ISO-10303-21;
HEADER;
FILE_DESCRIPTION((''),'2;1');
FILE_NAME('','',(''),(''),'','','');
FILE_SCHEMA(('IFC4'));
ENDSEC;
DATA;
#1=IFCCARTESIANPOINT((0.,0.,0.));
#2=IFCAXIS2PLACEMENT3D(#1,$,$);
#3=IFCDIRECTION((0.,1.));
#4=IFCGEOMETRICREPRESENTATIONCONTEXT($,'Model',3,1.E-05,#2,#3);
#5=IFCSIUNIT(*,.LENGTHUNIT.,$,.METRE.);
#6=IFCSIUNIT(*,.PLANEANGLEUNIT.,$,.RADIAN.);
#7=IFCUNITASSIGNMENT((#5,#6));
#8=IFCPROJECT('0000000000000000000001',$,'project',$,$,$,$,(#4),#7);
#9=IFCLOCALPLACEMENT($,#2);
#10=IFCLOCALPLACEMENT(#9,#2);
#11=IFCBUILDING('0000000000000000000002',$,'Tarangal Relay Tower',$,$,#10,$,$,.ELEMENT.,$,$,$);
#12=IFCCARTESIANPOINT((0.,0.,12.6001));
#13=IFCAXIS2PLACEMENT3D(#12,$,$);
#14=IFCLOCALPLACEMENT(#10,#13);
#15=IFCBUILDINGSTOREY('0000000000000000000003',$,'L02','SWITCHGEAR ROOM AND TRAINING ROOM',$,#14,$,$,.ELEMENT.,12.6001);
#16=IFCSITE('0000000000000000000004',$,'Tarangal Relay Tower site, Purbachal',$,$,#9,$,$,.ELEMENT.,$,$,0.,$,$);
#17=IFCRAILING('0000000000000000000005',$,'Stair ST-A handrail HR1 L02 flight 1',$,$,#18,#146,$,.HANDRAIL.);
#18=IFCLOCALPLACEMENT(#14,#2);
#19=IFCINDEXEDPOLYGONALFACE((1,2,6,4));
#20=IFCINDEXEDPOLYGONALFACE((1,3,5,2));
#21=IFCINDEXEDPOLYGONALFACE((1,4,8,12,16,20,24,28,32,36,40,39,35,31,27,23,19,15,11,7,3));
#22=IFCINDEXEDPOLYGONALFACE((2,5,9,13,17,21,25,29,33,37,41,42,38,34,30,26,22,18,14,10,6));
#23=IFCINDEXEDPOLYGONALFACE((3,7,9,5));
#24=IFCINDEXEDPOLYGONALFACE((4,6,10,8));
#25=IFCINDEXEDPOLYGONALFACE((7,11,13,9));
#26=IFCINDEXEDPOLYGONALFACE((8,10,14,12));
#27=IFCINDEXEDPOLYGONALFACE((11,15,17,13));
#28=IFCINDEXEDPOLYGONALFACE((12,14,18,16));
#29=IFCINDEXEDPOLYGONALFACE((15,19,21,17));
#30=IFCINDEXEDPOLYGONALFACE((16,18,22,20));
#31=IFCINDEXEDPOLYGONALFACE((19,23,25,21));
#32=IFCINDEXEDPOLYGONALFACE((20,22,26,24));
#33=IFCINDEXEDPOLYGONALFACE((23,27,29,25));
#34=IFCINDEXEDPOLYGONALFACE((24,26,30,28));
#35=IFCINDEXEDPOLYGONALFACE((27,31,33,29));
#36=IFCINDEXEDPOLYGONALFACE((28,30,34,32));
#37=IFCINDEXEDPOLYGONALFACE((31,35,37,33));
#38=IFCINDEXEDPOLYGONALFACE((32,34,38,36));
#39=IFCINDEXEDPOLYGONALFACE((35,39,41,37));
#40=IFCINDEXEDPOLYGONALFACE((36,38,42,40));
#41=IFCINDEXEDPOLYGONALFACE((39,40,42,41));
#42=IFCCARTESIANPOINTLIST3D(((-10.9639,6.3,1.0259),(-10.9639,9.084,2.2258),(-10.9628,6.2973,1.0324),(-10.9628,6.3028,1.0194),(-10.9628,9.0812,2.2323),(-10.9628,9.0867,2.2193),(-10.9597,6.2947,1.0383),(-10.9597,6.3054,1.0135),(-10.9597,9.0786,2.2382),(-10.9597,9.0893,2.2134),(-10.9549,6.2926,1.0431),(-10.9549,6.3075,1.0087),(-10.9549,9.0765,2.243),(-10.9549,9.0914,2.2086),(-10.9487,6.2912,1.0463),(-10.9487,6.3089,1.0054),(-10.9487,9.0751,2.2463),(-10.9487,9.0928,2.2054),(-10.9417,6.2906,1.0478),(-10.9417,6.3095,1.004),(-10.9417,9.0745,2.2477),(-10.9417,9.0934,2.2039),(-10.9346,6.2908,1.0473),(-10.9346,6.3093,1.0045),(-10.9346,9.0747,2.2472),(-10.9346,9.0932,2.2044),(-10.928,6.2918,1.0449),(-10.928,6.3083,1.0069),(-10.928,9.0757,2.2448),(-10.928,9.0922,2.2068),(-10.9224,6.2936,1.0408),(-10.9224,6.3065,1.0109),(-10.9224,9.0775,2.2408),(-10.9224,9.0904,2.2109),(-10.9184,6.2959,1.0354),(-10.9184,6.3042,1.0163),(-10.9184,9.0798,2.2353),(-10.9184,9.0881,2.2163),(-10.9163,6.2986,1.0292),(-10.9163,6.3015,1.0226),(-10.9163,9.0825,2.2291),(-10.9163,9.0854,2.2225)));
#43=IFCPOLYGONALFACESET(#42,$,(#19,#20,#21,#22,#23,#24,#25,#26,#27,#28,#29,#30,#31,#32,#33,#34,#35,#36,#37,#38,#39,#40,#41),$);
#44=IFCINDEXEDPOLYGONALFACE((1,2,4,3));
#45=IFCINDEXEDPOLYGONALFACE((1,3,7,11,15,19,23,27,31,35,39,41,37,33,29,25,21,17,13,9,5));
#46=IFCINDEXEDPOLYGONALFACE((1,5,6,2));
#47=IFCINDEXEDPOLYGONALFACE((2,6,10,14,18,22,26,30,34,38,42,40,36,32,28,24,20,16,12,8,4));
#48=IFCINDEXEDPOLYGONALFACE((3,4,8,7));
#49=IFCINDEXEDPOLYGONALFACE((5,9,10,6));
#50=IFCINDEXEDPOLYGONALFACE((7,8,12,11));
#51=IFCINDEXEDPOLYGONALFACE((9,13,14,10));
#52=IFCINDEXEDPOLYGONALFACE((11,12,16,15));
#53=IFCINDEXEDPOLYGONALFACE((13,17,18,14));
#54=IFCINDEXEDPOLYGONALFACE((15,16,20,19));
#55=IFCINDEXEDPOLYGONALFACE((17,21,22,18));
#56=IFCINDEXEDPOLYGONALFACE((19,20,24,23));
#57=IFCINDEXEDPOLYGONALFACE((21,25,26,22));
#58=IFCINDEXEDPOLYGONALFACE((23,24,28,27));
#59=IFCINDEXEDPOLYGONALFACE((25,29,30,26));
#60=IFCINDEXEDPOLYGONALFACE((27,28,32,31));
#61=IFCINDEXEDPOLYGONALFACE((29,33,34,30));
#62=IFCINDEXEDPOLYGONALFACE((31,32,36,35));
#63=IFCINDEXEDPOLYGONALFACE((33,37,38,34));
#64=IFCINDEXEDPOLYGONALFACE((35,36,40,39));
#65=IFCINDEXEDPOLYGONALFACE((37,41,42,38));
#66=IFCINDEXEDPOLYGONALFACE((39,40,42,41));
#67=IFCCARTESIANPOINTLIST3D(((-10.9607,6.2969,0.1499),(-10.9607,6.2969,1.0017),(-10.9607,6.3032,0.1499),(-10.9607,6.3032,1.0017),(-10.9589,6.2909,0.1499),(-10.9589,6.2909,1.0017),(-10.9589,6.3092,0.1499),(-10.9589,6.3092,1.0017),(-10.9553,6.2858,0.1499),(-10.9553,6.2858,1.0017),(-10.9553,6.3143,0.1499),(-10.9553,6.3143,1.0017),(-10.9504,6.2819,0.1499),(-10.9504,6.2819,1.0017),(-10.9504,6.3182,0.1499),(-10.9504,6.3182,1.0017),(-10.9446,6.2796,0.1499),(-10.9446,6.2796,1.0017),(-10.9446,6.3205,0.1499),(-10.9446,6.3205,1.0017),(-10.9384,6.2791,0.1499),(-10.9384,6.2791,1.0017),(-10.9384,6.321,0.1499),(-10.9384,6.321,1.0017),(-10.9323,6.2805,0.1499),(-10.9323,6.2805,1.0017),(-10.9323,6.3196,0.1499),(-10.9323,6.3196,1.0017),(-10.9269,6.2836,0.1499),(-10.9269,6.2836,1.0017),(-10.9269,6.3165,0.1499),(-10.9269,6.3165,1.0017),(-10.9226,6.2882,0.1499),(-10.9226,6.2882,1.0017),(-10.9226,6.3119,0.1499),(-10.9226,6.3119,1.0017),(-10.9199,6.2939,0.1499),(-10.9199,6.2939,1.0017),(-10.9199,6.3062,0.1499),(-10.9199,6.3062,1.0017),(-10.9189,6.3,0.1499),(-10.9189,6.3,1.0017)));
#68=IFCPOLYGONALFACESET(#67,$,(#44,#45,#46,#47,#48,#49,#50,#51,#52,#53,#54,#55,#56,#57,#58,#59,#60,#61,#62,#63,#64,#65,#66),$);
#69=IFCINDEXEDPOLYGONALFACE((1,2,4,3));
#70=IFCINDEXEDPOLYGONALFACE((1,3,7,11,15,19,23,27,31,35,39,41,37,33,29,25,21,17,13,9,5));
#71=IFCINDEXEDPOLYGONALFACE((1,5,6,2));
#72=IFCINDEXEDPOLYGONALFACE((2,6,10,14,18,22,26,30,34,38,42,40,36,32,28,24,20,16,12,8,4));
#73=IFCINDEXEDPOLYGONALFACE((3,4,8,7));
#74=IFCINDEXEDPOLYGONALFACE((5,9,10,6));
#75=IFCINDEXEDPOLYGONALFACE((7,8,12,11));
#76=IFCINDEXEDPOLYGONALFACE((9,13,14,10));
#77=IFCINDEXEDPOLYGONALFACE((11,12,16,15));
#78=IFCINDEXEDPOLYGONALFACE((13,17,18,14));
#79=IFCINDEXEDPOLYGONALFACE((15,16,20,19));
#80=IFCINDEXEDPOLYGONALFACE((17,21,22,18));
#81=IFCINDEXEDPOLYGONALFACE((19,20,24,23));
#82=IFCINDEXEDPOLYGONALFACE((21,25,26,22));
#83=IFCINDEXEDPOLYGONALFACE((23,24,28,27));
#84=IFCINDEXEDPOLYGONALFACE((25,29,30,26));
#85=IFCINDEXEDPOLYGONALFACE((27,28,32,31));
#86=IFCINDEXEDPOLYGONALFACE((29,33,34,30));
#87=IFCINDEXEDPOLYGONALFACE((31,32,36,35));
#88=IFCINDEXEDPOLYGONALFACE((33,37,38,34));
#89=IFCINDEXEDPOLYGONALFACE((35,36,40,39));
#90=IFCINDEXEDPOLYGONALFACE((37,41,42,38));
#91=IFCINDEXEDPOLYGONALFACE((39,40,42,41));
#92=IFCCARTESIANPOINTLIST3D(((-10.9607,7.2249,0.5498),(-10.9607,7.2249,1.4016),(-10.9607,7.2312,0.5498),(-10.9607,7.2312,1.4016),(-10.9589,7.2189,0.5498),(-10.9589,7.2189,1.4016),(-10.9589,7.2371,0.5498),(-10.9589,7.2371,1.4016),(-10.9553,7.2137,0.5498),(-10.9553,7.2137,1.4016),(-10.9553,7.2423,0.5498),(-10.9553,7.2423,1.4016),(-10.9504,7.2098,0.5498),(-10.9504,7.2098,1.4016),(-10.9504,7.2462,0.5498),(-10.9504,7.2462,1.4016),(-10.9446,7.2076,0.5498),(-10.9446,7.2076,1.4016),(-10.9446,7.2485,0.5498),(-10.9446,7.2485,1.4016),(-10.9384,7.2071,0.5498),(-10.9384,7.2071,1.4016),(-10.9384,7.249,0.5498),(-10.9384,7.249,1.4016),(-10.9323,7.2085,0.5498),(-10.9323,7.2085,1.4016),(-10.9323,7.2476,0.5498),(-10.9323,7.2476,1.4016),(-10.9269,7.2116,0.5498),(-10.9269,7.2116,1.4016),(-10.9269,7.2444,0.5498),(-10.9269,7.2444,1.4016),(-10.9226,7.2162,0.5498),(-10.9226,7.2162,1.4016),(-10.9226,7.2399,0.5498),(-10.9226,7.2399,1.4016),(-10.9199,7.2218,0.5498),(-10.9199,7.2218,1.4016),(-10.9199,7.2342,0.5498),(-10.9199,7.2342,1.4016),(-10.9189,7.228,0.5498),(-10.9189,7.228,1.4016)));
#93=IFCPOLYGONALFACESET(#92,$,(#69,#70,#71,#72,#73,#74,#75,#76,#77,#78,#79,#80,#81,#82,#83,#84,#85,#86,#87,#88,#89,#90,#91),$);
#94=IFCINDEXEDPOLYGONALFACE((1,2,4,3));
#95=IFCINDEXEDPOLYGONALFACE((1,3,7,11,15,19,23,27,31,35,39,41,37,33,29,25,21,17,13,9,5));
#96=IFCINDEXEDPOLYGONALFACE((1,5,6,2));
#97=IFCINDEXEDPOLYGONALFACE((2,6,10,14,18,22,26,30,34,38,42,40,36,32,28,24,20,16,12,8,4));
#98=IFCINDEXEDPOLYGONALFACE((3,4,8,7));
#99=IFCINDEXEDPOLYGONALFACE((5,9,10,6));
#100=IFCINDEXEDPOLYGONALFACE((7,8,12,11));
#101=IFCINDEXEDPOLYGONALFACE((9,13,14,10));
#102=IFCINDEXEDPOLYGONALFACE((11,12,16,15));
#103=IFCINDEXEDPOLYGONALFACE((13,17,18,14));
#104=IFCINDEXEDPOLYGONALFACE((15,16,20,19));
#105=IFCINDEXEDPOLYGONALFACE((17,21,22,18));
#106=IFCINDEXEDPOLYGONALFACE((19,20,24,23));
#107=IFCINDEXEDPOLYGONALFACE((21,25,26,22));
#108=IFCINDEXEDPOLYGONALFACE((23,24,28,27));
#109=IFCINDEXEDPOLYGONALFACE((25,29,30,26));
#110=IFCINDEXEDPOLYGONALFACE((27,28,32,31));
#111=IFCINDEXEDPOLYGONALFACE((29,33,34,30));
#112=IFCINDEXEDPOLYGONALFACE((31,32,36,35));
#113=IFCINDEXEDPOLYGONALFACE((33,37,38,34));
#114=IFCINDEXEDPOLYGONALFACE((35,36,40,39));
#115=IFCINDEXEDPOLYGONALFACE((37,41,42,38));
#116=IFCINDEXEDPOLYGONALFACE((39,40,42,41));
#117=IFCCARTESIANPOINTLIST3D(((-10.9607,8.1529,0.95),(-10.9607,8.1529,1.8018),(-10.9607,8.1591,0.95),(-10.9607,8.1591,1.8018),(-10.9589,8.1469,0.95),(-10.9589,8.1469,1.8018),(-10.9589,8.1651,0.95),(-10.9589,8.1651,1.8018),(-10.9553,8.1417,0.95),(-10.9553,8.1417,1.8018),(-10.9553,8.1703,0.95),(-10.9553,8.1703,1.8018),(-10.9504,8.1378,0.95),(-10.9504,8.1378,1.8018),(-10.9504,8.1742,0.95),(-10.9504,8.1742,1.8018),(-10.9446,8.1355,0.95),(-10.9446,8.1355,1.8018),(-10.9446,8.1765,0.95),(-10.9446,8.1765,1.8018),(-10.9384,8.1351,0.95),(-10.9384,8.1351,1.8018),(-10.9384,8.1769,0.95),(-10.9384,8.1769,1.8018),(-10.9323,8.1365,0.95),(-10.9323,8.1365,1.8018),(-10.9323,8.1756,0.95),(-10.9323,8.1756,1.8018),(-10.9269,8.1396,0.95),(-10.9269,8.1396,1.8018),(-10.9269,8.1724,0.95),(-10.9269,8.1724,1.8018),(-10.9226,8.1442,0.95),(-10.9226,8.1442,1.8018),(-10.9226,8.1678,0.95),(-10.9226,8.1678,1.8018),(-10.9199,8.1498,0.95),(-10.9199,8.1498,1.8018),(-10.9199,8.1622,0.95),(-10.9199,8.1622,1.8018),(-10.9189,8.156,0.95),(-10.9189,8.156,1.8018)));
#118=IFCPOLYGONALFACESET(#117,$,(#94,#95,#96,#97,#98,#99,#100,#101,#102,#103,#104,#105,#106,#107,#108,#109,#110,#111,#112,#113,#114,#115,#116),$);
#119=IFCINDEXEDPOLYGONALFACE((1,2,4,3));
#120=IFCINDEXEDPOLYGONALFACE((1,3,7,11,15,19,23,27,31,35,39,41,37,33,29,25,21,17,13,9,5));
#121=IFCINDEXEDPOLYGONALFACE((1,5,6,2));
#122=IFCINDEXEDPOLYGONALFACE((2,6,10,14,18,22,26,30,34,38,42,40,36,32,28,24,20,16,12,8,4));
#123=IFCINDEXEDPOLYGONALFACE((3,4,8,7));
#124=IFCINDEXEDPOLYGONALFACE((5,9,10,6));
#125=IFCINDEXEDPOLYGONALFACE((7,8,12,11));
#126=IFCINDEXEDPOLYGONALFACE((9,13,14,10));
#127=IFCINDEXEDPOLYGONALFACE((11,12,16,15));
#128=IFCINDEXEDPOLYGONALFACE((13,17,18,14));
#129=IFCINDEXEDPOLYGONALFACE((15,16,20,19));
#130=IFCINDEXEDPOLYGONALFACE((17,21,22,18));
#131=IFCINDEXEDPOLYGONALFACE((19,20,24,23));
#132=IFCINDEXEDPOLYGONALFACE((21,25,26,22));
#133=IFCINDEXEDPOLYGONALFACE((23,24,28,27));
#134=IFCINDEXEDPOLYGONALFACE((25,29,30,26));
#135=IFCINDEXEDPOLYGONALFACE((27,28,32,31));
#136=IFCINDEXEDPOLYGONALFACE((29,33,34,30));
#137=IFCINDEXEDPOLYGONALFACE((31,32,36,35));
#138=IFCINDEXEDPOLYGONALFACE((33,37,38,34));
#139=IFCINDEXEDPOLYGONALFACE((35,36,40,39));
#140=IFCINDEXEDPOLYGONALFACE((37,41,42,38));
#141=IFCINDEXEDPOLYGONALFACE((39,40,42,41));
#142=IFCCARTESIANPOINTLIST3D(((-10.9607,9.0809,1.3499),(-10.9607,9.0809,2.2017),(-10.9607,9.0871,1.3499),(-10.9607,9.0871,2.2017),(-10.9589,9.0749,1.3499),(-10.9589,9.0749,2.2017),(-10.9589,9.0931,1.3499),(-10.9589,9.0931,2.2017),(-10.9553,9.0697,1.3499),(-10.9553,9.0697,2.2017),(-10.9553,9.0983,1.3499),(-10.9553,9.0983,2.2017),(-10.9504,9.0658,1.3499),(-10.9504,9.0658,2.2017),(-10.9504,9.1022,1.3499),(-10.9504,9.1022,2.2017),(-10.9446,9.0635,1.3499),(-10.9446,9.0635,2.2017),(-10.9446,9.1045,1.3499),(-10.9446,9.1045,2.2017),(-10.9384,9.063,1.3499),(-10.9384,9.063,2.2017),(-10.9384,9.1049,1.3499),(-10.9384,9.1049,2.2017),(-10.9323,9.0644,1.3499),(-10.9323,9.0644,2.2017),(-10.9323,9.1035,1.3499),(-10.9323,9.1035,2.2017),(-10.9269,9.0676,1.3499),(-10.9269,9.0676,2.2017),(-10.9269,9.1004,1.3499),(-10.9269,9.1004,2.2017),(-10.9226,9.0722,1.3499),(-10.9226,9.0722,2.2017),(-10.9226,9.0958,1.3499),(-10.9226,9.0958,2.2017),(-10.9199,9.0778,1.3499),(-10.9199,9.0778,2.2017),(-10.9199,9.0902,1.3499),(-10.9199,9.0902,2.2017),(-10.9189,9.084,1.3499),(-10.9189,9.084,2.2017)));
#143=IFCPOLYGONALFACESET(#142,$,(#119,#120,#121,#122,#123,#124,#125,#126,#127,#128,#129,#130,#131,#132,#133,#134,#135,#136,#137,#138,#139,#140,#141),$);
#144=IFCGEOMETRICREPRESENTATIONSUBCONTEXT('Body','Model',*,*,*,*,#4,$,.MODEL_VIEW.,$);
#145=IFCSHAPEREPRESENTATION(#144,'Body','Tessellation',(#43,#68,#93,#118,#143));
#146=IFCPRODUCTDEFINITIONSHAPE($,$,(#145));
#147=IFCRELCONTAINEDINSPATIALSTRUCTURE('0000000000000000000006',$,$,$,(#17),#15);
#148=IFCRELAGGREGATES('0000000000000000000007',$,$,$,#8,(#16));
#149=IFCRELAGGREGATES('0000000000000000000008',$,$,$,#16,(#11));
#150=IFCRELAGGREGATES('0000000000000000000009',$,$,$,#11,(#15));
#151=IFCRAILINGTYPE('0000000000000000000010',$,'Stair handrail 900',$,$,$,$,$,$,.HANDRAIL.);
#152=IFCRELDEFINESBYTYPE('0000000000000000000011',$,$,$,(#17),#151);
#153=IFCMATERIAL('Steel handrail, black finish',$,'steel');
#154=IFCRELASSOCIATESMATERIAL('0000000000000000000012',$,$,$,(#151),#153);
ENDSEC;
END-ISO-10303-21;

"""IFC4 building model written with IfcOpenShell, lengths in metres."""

from ifc_helpers import new_model, si_unit, direction, frame, origin, origin_2d, place, context, subcontext, project, spatial, circle, extrude, material, type_object, element, save


model = new_model("IFC4")

# Units and contexts
model_context = context("Model", 3, precision=1e-05, world=origin(), true_north=direction((0.0, 1.0)))
body_context = subcontext(model_context, "Body", "Model", "MODEL_VIEW")
ifc_project = project(units=[si_unit("LENGTHUNIT", "METRE"), si_unit("PLANEANGLEUNIT", "RADIAN")], contexts=[model_context])

# Site, building, storey
site_placement = place(None, origin())
site = spatial("IfcSite", under=ifc_project, at=site_placement, Name="Tarangal Relay Tower site, Purbachal", CompositionType="ELEMENT", RefElevation=0.0)
building_placement = place(site_placement, origin())
building = spatial("IfcBuilding", under=site, at=building_placement, Name="Tarangal Relay Tower", CompositionType="ELEMENT")
storey_placement = place(building_placement, frame((0.0, 0.0, 12.6001)))
storey = spatial("IfcBuildingStorey", under=building, at=storey_placement, Name="L02", Description="SWITCHGEAR ROOM AND TRAINING ROOM", CompositionType="ELEMENT", Elevation=12.6001)

# Railing
ifc_material_1 = material(Name="Steel handrail, black finish", Category="steel")
railing_type_1 = type_object("IfcRailingType", Name="Stair handrail 900", PredefinedType="HANDRAIL", material=ifc_material_1)
for number, where, name in (
    (1, (-10.9399, 6.3, 0.1499), "Stair ST-A handrail HR1 L02 flight 1"),
):
    element("IfcRailing", number, at=place(storey_placement, frame(where)), inside=storey, type_object=railing_type_1, Name=name, PredefinedType="HANDRAIL", context=body_context, shape_type="SweptSolid", body=[
        extrude(circle(Radius=0.0239, at=origin_2d()), frame((0.0, 0.0, 0.876), z_axis=(0.0, 0.918327, 0.395823), x_axis=(-1.0, 0.0, 0.0)), (0.0, 0.0, 1.0), 3.0315),
        extrude(circle(Radius=0.021, at=origin_2d()), origin(), (0.0, 0.0, 1.0), 0.8518),
        extrude(circle(Radius=0.021, at=origin_2d()), frame((0.0, 0.928, 0.3999)), (0.0, 0.0, 1.0), 0.8518),
        extrude(circle(Radius=0.021, at=origin_2d()), frame((0.0, 1.856, 0.8)), (0.0, 0.0, 1.0), 0.8518),
        extrude(circle(Radius=0.021, at=origin_2d()), frame((0.0, 2.7839, 1.2)), (0.0, 0.0, 1.0), 0.8518),
    ])

save(model, "model.ifc")
